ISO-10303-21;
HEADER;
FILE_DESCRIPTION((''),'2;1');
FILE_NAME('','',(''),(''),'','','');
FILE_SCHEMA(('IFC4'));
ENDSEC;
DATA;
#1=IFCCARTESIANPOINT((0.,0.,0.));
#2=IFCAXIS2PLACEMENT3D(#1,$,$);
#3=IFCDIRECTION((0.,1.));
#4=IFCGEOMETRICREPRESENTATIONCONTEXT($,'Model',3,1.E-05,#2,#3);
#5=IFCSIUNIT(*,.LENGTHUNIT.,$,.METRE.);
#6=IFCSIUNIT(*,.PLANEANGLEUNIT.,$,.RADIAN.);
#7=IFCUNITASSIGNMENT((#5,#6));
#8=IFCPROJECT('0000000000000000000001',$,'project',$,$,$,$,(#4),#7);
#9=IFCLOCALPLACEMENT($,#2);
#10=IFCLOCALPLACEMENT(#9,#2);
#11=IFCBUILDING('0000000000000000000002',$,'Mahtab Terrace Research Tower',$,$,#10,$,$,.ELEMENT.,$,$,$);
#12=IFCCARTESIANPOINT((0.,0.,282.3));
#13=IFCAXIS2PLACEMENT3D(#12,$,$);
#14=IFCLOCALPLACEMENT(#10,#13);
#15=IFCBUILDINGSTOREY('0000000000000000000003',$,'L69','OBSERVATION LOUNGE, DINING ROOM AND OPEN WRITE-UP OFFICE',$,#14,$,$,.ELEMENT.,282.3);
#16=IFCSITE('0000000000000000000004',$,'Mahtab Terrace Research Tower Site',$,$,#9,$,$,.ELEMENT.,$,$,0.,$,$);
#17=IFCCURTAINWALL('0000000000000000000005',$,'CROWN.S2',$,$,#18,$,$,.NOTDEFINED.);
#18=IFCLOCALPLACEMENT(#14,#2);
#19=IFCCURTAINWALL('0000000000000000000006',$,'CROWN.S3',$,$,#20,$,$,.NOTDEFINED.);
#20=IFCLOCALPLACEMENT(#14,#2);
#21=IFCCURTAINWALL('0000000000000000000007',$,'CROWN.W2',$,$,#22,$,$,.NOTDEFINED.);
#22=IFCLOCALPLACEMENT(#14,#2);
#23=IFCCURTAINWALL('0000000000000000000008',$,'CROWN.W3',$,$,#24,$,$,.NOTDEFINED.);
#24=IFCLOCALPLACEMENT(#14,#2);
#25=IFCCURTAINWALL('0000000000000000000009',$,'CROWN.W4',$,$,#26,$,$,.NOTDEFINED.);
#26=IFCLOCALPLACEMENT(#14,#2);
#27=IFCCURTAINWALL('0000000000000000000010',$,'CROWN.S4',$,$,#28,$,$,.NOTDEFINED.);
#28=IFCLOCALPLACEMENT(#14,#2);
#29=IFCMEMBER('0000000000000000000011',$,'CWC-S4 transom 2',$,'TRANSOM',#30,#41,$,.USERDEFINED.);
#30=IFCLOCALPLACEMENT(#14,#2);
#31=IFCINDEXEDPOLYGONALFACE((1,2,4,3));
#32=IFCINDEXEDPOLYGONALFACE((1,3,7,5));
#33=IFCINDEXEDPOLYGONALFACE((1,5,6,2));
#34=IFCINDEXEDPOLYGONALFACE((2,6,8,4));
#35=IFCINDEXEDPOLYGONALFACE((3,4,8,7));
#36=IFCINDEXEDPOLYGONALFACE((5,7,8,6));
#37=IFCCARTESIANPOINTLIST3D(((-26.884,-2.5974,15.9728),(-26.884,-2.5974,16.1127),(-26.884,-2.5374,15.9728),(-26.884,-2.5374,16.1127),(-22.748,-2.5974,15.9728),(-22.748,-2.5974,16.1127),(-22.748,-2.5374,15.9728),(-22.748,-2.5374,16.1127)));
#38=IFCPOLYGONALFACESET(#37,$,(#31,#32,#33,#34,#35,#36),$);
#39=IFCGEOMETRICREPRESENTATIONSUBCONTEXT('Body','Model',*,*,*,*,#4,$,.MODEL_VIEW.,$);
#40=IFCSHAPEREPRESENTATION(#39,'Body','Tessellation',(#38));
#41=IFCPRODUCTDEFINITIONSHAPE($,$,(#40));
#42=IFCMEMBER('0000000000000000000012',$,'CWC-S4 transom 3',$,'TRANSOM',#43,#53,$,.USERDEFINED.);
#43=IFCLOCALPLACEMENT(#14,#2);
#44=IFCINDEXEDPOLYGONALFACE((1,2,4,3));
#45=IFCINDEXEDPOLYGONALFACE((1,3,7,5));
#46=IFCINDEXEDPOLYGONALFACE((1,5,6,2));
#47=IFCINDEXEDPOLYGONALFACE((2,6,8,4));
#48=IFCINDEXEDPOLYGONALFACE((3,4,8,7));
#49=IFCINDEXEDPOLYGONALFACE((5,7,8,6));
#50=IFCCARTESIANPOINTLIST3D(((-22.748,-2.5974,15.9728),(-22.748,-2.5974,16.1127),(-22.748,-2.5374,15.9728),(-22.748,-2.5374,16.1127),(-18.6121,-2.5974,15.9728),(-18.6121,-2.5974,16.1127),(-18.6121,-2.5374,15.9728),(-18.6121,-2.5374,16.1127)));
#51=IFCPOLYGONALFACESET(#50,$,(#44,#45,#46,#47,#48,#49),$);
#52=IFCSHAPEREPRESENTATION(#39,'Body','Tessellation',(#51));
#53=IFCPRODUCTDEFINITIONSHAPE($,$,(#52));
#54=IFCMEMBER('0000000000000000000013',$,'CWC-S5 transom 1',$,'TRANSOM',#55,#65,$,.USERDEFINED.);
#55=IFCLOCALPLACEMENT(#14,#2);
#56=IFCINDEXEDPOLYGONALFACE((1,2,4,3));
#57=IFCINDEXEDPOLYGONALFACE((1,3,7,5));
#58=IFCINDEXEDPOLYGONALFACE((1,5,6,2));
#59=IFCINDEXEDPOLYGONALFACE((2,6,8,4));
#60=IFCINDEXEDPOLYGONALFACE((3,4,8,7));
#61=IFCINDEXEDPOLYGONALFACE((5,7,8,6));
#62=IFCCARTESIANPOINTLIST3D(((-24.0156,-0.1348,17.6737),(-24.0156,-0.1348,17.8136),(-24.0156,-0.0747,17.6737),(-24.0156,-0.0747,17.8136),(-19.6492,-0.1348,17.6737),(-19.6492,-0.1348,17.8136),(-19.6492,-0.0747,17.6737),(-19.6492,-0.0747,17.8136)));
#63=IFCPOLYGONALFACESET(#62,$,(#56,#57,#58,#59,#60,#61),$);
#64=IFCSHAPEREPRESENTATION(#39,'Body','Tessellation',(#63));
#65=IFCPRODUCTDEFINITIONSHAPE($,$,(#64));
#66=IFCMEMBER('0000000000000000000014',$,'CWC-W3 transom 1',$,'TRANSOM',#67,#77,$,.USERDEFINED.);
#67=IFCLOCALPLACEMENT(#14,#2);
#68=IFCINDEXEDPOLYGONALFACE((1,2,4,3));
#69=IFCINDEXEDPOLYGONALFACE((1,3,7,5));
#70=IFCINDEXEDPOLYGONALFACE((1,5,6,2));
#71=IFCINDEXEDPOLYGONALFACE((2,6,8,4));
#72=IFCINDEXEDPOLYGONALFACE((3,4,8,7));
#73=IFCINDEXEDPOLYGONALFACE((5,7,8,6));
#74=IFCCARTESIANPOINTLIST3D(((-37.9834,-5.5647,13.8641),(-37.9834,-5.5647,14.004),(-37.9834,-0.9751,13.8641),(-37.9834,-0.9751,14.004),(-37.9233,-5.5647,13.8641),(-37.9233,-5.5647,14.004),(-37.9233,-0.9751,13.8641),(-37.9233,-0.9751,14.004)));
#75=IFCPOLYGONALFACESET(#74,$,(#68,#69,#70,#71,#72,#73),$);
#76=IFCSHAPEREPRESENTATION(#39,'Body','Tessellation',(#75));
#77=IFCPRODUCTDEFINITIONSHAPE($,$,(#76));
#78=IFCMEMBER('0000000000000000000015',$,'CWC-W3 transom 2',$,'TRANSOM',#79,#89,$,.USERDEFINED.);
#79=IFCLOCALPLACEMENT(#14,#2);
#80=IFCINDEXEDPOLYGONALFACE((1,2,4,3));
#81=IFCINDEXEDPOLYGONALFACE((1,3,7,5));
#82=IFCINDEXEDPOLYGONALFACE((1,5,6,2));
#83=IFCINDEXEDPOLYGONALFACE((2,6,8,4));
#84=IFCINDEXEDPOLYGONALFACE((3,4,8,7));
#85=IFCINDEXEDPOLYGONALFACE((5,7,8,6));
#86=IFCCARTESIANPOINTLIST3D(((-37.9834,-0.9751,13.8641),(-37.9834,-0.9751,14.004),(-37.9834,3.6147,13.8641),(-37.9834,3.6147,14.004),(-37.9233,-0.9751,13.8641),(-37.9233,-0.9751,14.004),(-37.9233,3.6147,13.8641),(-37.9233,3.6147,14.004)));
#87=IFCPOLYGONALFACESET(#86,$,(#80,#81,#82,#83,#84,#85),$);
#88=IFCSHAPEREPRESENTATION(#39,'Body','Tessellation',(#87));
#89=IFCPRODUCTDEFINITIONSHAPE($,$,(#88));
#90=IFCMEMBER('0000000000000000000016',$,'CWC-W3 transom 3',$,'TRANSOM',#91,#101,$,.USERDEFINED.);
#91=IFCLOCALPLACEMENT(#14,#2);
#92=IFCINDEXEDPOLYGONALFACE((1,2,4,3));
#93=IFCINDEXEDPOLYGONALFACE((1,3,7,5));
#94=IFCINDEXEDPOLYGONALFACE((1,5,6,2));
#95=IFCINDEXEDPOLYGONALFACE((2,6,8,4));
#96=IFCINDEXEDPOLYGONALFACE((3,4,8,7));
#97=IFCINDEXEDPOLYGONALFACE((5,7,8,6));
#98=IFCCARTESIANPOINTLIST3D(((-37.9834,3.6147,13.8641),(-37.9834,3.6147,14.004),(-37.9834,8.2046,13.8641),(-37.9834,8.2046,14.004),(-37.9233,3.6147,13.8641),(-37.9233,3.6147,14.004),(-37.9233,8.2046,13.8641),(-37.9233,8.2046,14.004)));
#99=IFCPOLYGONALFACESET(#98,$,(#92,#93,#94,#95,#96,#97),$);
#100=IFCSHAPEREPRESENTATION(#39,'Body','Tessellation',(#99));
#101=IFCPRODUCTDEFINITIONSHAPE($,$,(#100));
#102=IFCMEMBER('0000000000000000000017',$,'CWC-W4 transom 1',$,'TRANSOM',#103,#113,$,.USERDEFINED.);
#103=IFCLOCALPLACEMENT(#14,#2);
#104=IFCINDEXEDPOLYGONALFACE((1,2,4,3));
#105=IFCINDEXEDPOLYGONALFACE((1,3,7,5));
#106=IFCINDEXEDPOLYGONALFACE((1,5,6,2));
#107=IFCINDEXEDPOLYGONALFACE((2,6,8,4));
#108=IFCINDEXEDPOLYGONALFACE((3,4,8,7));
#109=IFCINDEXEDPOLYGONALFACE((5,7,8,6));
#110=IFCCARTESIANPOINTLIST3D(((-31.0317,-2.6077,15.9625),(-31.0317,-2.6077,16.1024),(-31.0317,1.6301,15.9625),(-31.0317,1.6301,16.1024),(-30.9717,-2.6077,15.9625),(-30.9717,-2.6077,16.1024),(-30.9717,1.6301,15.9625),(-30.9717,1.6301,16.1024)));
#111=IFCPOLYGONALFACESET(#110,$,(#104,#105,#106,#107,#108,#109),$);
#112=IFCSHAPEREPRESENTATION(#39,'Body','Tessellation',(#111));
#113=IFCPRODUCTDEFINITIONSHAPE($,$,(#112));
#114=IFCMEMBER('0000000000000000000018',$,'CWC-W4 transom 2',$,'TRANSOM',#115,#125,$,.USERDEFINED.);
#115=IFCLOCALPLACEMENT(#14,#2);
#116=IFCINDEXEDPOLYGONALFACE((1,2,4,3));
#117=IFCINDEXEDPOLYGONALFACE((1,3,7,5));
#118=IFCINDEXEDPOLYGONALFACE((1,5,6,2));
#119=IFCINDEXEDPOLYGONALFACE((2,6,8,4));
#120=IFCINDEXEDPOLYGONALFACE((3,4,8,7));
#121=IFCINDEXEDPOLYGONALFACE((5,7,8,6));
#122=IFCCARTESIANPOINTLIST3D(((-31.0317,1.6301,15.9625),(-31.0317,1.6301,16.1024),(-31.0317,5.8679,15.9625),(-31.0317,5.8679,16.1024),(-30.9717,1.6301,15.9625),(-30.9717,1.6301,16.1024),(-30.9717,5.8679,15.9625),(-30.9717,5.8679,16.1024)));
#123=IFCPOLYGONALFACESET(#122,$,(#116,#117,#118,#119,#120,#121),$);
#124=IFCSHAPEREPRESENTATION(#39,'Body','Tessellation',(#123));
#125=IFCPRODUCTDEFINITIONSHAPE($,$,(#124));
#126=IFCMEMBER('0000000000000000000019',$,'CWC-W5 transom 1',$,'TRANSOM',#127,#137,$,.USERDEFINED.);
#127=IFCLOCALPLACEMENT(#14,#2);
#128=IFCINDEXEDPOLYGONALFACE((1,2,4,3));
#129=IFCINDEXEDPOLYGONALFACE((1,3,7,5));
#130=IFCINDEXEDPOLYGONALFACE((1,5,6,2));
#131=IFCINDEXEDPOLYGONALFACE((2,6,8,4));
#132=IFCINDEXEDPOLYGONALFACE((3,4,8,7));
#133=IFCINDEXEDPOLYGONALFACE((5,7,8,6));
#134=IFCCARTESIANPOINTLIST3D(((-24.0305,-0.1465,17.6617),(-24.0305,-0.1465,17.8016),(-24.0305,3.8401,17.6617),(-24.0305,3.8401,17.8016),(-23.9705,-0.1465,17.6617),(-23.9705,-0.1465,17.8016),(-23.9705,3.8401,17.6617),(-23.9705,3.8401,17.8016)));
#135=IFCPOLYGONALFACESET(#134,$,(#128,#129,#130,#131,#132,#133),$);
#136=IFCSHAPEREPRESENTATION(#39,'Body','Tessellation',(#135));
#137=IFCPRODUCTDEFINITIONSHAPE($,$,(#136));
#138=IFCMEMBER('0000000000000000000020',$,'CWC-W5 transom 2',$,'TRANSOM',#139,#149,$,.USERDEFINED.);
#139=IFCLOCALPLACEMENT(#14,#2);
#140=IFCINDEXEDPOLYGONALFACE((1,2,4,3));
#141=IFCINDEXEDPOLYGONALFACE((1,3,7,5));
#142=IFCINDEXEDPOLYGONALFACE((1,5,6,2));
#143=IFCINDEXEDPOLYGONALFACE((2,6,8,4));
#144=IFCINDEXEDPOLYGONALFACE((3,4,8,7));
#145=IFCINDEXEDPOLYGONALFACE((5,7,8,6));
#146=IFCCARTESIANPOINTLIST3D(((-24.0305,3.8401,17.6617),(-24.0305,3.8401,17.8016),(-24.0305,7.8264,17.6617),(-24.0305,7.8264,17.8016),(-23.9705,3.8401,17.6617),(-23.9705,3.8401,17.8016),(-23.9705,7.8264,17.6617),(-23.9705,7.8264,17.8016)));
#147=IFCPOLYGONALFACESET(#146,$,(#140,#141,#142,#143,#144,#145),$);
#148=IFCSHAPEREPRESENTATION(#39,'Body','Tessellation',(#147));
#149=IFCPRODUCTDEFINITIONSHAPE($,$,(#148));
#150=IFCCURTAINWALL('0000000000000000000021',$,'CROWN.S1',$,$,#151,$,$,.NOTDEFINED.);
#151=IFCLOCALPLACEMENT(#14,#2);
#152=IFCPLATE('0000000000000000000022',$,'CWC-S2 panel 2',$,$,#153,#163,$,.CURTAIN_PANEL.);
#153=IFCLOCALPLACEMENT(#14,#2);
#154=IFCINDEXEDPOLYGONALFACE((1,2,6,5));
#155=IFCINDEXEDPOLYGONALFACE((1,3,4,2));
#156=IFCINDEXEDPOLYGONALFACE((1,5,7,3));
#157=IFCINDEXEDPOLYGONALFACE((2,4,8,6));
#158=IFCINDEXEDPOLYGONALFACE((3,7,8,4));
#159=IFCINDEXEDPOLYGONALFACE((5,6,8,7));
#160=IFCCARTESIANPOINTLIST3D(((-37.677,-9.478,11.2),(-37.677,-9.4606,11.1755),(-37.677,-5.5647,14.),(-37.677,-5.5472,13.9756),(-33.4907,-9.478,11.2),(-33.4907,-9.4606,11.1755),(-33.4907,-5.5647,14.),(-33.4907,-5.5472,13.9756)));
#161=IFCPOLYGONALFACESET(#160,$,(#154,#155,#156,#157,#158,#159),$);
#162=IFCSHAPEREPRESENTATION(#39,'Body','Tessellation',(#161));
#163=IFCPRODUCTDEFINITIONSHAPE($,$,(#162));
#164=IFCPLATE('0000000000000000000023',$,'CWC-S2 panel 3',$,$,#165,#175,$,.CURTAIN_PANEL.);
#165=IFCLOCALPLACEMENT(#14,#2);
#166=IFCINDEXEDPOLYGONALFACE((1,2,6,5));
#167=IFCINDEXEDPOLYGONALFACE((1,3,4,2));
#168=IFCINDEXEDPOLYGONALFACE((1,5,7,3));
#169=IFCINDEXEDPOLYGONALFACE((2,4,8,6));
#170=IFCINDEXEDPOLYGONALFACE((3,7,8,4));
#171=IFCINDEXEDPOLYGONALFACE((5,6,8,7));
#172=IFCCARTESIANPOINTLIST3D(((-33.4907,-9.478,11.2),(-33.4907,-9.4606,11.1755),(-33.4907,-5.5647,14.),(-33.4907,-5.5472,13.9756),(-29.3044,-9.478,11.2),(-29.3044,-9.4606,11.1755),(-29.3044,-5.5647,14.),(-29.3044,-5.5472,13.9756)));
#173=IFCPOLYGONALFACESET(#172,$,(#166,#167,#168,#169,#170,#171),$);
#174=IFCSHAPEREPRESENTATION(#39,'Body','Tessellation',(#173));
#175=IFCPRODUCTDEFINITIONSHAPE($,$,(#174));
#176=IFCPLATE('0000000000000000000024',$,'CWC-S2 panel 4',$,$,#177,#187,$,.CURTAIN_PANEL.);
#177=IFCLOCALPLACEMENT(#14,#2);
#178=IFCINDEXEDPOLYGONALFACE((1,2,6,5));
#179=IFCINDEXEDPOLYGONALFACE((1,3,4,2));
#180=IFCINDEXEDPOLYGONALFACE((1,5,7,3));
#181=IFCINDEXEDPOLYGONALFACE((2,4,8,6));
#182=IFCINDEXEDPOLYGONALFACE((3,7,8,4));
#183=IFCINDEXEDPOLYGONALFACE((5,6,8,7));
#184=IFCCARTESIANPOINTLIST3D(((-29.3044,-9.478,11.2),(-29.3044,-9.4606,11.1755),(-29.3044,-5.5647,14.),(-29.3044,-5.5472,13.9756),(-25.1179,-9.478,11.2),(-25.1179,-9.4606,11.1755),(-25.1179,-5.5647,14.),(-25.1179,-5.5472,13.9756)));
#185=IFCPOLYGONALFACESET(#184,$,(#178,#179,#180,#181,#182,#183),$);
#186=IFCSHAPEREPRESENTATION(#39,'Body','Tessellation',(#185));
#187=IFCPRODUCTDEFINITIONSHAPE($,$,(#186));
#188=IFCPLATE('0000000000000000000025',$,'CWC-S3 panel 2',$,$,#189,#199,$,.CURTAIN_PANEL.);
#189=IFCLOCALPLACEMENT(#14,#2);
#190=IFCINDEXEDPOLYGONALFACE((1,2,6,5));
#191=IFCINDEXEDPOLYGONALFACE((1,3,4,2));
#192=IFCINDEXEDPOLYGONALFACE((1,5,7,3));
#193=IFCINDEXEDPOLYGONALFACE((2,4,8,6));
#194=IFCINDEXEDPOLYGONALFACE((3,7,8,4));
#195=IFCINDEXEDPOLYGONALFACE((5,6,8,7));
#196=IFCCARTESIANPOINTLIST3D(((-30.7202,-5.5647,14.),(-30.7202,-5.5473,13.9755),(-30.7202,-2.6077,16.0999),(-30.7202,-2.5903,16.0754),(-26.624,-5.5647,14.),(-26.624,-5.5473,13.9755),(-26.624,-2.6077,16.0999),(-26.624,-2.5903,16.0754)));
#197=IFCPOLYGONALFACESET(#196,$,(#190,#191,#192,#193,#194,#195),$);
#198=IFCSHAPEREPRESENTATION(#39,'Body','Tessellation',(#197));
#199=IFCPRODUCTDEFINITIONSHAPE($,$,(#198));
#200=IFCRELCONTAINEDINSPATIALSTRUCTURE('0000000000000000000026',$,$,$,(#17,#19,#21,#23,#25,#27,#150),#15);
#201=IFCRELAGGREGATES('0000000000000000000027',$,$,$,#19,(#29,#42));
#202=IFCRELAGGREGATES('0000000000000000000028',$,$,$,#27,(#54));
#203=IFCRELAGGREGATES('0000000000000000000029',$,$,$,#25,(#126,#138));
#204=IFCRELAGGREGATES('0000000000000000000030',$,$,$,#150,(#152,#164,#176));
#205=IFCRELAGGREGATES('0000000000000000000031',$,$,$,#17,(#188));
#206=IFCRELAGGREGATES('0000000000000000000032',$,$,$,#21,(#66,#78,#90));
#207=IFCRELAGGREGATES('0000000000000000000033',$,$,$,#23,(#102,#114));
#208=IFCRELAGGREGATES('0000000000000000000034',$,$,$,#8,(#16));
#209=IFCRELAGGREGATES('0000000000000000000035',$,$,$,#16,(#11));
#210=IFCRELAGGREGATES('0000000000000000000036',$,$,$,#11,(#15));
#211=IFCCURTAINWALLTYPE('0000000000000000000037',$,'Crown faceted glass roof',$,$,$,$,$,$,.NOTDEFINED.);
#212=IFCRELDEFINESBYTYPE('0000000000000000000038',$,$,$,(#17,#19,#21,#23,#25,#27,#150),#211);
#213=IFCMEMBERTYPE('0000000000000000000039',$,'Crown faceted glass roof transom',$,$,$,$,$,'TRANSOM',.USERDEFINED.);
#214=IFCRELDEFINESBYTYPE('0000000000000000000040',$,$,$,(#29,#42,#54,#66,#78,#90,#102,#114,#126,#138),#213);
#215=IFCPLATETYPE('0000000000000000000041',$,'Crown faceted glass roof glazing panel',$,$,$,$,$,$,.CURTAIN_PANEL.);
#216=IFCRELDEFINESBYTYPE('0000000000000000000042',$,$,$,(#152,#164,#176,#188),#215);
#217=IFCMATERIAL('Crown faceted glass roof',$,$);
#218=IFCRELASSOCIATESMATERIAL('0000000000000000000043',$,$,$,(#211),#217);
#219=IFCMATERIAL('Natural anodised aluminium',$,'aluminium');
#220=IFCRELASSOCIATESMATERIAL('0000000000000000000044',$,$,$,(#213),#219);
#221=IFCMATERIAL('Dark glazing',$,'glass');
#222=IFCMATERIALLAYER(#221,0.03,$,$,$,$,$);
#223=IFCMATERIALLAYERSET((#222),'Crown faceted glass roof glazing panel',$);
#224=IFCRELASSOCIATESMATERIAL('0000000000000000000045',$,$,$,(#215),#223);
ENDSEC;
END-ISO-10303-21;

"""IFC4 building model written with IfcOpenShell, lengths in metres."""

from ifc_helpers import new_model, si_unit, direction, frame, origin, origin_2d, place, context, subcontext, project, spatial, polyline, rectangle, outline, extrude, material, layer, layer_set, material_profile, profile_set, type_object, element, aggregate, save


model = new_model("IFC4")

# Units and contexts
model_context = context("Model", 3, precision=1e-05, world=origin(), true_north=direction((0.0, 1.0)))
body_context = subcontext(model_context, "Body", "Model", "MODEL_VIEW")
ifc_project = project(units=[si_unit("LENGTHUNIT", "METRE"), si_unit("PLANEANGLEUNIT", "RADIAN")], contexts=[model_context])

# Site, building, storey
site_placement = place(None, origin())
site = spatial("IfcSite", under=ifc_project, at=site_placement, Name="Mahtab Terrace Research Tower Site", CompositionType="ELEMENT", RefElevation=0.0)
building_placement = place(site_placement, origin())
building = spatial("IfcBuilding", under=site, at=building_placement, Name="Mahtab Terrace Research Tower", CompositionType="ELEMENT")
storey_placement = place(building_placement, frame((0.0, 0.0, 282.3)))
storey = spatial("IfcBuildingStorey", under=building, at=storey_placement, Name="L69", Description="OBSERVATION LOUNGE, DINING ROOM AND OPEN WRITE-UP OFFICE", CompositionType="ELEMENT", Elevation=282.3)

# Curtain wall
ifc_material_1 = material(Name="Crown faceted glass roof")
curtain_wall_type = type_object("IfcCurtainWallType", Name="Crown faceted glass roof", PredefinedType="NOTDEFINED", material=ifc_material_1)
curtain_wall_1_placement = place(storey_placement, origin())
curtain_wall_1 = element("IfcCurtainWall", 1, at=curtain_wall_1_placement, inside=storey, type_object=curtain_wall_type, Name="CROWN.S2", PredefinedType="NOTDEFINED")
ifc_material_2 = material(Name="Natural anodised aluminium", Category="aluminium")

# Curtain wall
curtain_wall_2_placement = place(storey_placement, origin())
curtain_wall_2 = element("IfcCurtainWall", 2, at=curtain_wall_2_placement, inside=storey, type_object=curtain_wall_type, Name="CROWN.S3", PredefinedType="NOTDEFINED")

# Curtain walls
curtain_wall_3_placement = place(storey_placement, origin())
curtain_wall_3 = element("IfcCurtainWall", 3, at=curtain_wall_3_placement, inside=storey, type_object=curtain_wall_type, Name="CROWN.W2", PredefinedType="NOTDEFINED")
curtain_wall_4_placement = place(storey_placement, origin())
curtain_wall_4 = element("IfcCurtainWall", 4, at=curtain_wall_4_placement, inside=storey, type_object=curtain_wall_type, Name="CROWN.W3", PredefinedType="NOTDEFINED")

# Curtain wall
curtain_wall_5_placement = place(storey_placement, origin())
curtain_wall_5 = element("IfcCurtainWall", 5, at=curtain_wall_5_placement, inside=storey, type_object=curtain_wall_type, Name="CROWN.W4", PredefinedType="NOTDEFINED")

# Curtain wall
curtain_wall_6_placement = place(storey_placement, origin())
curtain_wall_6 = element("IfcCurtainWall", 6, at=curtain_wall_6_placement, inside=storey, type_object=curtain_wall_type, Name="CROWN.S4", PredefinedType="NOTDEFINED")

# Members
ifc_material_profile_1 = material_profile(ifc_material_2, rectangle(XDim=0.0601, YDim=0.1399, at=origin_2d()), Name="TRANSOM 60x140")
ifc_profile_set_1 = profile_set([ifc_material_profile_1], Name="Natural anodised aluminium")
member_type_1 = type_object("IfcMemberType", Name="Crown faceted glass roof transom", ElementType="TRANSOM", PredefinedType="USERDEFINED", material=ifc_profile_set_1)
member_1_placement = place(storey_placement, frame((-26.884, -2.5674, 16.0427), z_axis=(1.0, 0.0, 0.0), x_axis=(0.0, 1.0, 0.0)))
member_1 = element("IfcMember", 7, at=member_1_placement, type_object=member_type_1, Name="CWC-S4 transom 2", ObjectType="TRANSOM", PredefinedType="USERDEFINED", context=body_context, shape_type="SweptSolid", body=[
    extrude(rectangle(XDim=0.0601, YDim=0.1399, at=origin_2d()), origin(), (0.0, 0.0, 1.0), 4.136),
])
member_2_placement = place(storey_placement, frame((-22.748, -2.5674, 16.0427), z_axis=(1.0, 0.0, 0.0), x_axis=(0.0, 1.0, 0.0)))
member_2 = element("IfcMember", 8, at=member_2_placement, type_object=member_type_1, Name="CWC-S4 transom 3", ObjectType="TRANSOM", PredefinedType="USERDEFINED", context=body_context, shape_type="SweptSolid", body=[
    extrude(rectangle(XDim=0.0601, YDim=0.1399, at=origin_2d()), origin(), (0.0, 0.0, 1.0), 4.136),
])
aggregate(curtain_wall_2, [member_1, member_2])
member_3_placement = place(storey_placement, frame((-24.0156, -0.1047, 17.7437), z_axis=(1.0, 0.0, 0.0), x_axis=(0.0, 1.0, 0.0)))
member_3 = element("IfcMember", 9, at=member_3_placement, type_object=member_type_1, Name="CWC-S5 transom 1", ObjectType="TRANSOM", PredefinedType="USERDEFINED", context=body_context, shape_type="SweptSolid", body=[
    extrude(rectangle(XDim=0.0601, YDim=0.1399, at=origin_2d()), origin(), (0.0, 0.0, 1.0), 4.3665),
])
aggregate(curtain_wall_6, [member_3])
member_4_placement = place(storey_placement, frame((-37.9534, -5.5647, 13.9341), z_axis=(0.0, 1.0, 0.0), x_axis=(-1.0, 0.0, 0.0)))
member_4 = element("IfcMember", 10, at=member_4_placement, type_object=member_type_1, Name="CWC-W3 transom 1", ObjectType="TRANSOM", PredefinedType="USERDEFINED", context=body_context, shape_type="SweptSolid", body=[
    extrude(rectangle(XDim=0.0601, YDim=0.1399, at=origin_2d()), origin(), (0.0, 0.0, 1.0), 4.5896),
])
member_5_placement = place(storey_placement, frame((-37.9534, -0.9751, 13.9341), z_axis=(0.0, 1.0, 0.0), x_axis=(-1.0, 0.0, 0.0)))
member_5 = element("IfcMember", 11, at=member_5_placement, type_object=member_type_1, Name="CWC-W3 transom 2", ObjectType="TRANSOM", PredefinedType="USERDEFINED", context=body_context, shape_type="SweptSolid", body=[
    extrude(rectangle(XDim=0.0601, YDim=0.1399, at=origin_2d()), origin(), (0.0, 0.0, 1.0), 4.5898),
])
member_6_placement = place(storey_placement, frame((-37.9534, 3.6147, 13.9341), z_axis=(0.0, 1.0, 0.0), x_axis=(-1.0, 0.0, 0.0)))
member_6 = element("IfcMember", 12, at=member_6_placement, type_object=member_type_1, Name="CWC-W3 transom 3", ObjectType="TRANSOM", PredefinedType="USERDEFINED", context=body_context, shape_type="SweptSolid", body=[
    extrude(rectangle(XDim=0.0601, YDim=0.1399, at=origin_2d()), origin(), (0.0, 0.0, 1.0), 4.5898),
])
member_7_placement = place(storey_placement, frame((-31.0017, -2.6077, 16.0325), z_axis=(0.0, 1.0, 0.0), x_axis=(-1.0, 0.0, 0.0)))
member_7 = element("IfcMember", 13, at=member_7_placement, type_object=member_type_1, Name="CWC-W4 transom 1", ObjectType="TRANSOM", PredefinedType="USERDEFINED", context=body_context, shape_type="SweptSolid", body=[
    extrude(rectangle(XDim=0.0601, YDim=0.1399, at=origin_2d()), origin(), (0.0, 0.0, 1.0), 4.2378),
])
member_8_placement = place(storey_placement, frame((-31.0017, 1.6301, 16.0325), z_axis=(0.0, 1.0, 0.0), x_axis=(-1.0, 0.0, 0.0)))
member_8 = element("IfcMember", 14, at=member_8_placement, type_object=member_type_1, Name="CWC-W4 transom 2", ObjectType="TRANSOM", PredefinedType="USERDEFINED", context=body_context, shape_type="SweptSolid", body=[
    extrude(rectangle(XDim=0.0601, YDim=0.1399, at=origin_2d()), origin(), (0.0, 0.0, 1.0), 4.2378),
])
member_9_placement = place(storey_placement, frame((-24.0005, -0.1465, 17.7317), z_axis=(0.0, 1.0, 0.0), x_axis=(-1.0, 0.0, 0.0)))
member_9 = element("IfcMember", 15, at=member_9_placement, type_object=member_type_1, Name="CWC-W5 transom 1", ObjectType="TRANSOM", PredefinedType="USERDEFINED", context=body_context, shape_type="SweptSolid", body=[
    extrude(rectangle(XDim=0.0601, YDim=0.1399, at=origin_2d()), origin(), (0.0, 0.0, 1.0), 3.9866),
])
member_10_placement = place(storey_placement, frame((-24.0005, 3.8401, 17.7317), z_axis=(0.0, 1.0, 0.0), x_axis=(-1.0, 0.0, 0.0)))
member_10 = element("IfcMember", 16, at=member_10_placement, type_object=member_type_1, Name="CWC-W5 transom 2", ObjectType="TRANSOM", PredefinedType="USERDEFINED", context=body_context, shape_type="SweptSolid", body=[
    extrude(rectangle(XDim=0.0601, YDim=0.1399, at=origin_2d()), origin(), (0.0, 0.0, 1.0), 3.9863),
])
aggregate(curtain_wall_5, [member_9, member_10])

# Curtain wall, plates
curtain_wall_7_placement = place(storey_placement, origin())
curtain_wall_7 = element("IfcCurtainWall", 17, at=curtain_wall_7_placement, inside=storey, type_object=curtain_wall_type, Name="CROWN.S1", PredefinedType="NOTDEFINED")
ifc_material_3 = material(Name="Dark glazing", Category="glass")
ifc_layer_1 = layer(ifc_material_3, 0.03)
ifc_layer_set_1 = layer_set([ifc_layer_1], Name="Crown faceted glass roof glazing panel")
plate_type = type_object("IfcPlateType", Name="Crown faceted glass roof glazing panel", PredefinedType="CURTAIN_PANEL", material=ifc_layer_set_1)
plate_1_placement = place(storey_placement, frame((-33.4907, -9.478, 11.2), z_axis=(0.0, -0.5819, 0.81326), x_axis=(0.0, 0.81326, 0.5819)))
plate_1 = element("IfcPlate", 18, at=plate_1_placement, type_object=plate_type, Name="CWC-S2 panel 2", PredefinedType="CURTAIN_PANEL", context=body_context, shape_type="SweptSolid", body=[
    extrude(outline(polyline([(0.0, 0.0), (4.8119, 0.0), (4.8119, 4.1863), (0.0, 4.1863), (0.0, 0.0)])), origin(), (0.0, 0.0, -1.0), 0.03),
])
plate_2_placement = place(storey_placement, frame((-29.3044, -9.478, 11.2), z_axis=(0.0, -0.5819, 0.81326), x_axis=(0.0, 0.81326, 0.5819)))
plate_2 = element("IfcPlate", 19, at=plate_2_placement, type_object=plate_type, Name="CWC-S2 panel 3", PredefinedType="CURTAIN_PANEL", context=body_context, shape_type="SweptSolid", body=[
    extrude(outline(polyline([(0.0, 0.0), (4.8119, 0.0), (4.8119, 4.1863), (0.0, 4.1863), (0.0, 0.0)])), origin(), (0.0, 0.0, -1.0), 0.03),
])
plate_3_placement = place(storey_placement, frame((-25.1179, -9.478, 11.2), z_axis=(0.0, -0.5819, 0.81326), x_axis=(0.0, 0.81326, 0.5819)))
plate_3 = element("IfcPlate", 20, at=plate_3_placement, type_object=plate_type, Name="CWC-S2 panel 4", PredefinedType="CURTAIN_PANEL", context=body_context, shape_type="SweptSolid", body=[
    extrude(outline(polyline([(0.0, 0.0), (4.8119, 0.0), (4.8119, 4.1865), (0.0, 4.1865), (0.0, 0.0)])), origin(), (0.0, 0.0, -1.0), 0.03),
])
aggregate(curtain_wall_7, [plate_1, plate_2, plate_3])

# Plate
plate_4_placement = place(storey_placement, frame((-26.624, -5.5647, 14.0), z_axis=(0.0, -0.578988, 0.815336), x_axis=(0.0, 0.815336, 0.578988)))
plate_4 = element("IfcPlate", 21, at=plate_4_placement, type_object=plate_type, Name="CWC-S3 panel 2", PredefinedType="CURTAIN_PANEL", context=body_context, shape_type="SweptSolid", body=[
    extrude(outline(polyline([(0.0, 0.0), (3.6268, 0.0), (3.6268, 4.0962), (0.0, 4.0962), (0.0, 0.0)])), origin(), (0.0, 0.0, -1.0), 0.03),
])
aggregate(curtain_wall_1, [plate_4])
aggregate(curtain_wall_3, [member_4, member_5, member_6])
aggregate(curtain_wall_4, [member_7, member_8])

save(model, "model.ifc")
